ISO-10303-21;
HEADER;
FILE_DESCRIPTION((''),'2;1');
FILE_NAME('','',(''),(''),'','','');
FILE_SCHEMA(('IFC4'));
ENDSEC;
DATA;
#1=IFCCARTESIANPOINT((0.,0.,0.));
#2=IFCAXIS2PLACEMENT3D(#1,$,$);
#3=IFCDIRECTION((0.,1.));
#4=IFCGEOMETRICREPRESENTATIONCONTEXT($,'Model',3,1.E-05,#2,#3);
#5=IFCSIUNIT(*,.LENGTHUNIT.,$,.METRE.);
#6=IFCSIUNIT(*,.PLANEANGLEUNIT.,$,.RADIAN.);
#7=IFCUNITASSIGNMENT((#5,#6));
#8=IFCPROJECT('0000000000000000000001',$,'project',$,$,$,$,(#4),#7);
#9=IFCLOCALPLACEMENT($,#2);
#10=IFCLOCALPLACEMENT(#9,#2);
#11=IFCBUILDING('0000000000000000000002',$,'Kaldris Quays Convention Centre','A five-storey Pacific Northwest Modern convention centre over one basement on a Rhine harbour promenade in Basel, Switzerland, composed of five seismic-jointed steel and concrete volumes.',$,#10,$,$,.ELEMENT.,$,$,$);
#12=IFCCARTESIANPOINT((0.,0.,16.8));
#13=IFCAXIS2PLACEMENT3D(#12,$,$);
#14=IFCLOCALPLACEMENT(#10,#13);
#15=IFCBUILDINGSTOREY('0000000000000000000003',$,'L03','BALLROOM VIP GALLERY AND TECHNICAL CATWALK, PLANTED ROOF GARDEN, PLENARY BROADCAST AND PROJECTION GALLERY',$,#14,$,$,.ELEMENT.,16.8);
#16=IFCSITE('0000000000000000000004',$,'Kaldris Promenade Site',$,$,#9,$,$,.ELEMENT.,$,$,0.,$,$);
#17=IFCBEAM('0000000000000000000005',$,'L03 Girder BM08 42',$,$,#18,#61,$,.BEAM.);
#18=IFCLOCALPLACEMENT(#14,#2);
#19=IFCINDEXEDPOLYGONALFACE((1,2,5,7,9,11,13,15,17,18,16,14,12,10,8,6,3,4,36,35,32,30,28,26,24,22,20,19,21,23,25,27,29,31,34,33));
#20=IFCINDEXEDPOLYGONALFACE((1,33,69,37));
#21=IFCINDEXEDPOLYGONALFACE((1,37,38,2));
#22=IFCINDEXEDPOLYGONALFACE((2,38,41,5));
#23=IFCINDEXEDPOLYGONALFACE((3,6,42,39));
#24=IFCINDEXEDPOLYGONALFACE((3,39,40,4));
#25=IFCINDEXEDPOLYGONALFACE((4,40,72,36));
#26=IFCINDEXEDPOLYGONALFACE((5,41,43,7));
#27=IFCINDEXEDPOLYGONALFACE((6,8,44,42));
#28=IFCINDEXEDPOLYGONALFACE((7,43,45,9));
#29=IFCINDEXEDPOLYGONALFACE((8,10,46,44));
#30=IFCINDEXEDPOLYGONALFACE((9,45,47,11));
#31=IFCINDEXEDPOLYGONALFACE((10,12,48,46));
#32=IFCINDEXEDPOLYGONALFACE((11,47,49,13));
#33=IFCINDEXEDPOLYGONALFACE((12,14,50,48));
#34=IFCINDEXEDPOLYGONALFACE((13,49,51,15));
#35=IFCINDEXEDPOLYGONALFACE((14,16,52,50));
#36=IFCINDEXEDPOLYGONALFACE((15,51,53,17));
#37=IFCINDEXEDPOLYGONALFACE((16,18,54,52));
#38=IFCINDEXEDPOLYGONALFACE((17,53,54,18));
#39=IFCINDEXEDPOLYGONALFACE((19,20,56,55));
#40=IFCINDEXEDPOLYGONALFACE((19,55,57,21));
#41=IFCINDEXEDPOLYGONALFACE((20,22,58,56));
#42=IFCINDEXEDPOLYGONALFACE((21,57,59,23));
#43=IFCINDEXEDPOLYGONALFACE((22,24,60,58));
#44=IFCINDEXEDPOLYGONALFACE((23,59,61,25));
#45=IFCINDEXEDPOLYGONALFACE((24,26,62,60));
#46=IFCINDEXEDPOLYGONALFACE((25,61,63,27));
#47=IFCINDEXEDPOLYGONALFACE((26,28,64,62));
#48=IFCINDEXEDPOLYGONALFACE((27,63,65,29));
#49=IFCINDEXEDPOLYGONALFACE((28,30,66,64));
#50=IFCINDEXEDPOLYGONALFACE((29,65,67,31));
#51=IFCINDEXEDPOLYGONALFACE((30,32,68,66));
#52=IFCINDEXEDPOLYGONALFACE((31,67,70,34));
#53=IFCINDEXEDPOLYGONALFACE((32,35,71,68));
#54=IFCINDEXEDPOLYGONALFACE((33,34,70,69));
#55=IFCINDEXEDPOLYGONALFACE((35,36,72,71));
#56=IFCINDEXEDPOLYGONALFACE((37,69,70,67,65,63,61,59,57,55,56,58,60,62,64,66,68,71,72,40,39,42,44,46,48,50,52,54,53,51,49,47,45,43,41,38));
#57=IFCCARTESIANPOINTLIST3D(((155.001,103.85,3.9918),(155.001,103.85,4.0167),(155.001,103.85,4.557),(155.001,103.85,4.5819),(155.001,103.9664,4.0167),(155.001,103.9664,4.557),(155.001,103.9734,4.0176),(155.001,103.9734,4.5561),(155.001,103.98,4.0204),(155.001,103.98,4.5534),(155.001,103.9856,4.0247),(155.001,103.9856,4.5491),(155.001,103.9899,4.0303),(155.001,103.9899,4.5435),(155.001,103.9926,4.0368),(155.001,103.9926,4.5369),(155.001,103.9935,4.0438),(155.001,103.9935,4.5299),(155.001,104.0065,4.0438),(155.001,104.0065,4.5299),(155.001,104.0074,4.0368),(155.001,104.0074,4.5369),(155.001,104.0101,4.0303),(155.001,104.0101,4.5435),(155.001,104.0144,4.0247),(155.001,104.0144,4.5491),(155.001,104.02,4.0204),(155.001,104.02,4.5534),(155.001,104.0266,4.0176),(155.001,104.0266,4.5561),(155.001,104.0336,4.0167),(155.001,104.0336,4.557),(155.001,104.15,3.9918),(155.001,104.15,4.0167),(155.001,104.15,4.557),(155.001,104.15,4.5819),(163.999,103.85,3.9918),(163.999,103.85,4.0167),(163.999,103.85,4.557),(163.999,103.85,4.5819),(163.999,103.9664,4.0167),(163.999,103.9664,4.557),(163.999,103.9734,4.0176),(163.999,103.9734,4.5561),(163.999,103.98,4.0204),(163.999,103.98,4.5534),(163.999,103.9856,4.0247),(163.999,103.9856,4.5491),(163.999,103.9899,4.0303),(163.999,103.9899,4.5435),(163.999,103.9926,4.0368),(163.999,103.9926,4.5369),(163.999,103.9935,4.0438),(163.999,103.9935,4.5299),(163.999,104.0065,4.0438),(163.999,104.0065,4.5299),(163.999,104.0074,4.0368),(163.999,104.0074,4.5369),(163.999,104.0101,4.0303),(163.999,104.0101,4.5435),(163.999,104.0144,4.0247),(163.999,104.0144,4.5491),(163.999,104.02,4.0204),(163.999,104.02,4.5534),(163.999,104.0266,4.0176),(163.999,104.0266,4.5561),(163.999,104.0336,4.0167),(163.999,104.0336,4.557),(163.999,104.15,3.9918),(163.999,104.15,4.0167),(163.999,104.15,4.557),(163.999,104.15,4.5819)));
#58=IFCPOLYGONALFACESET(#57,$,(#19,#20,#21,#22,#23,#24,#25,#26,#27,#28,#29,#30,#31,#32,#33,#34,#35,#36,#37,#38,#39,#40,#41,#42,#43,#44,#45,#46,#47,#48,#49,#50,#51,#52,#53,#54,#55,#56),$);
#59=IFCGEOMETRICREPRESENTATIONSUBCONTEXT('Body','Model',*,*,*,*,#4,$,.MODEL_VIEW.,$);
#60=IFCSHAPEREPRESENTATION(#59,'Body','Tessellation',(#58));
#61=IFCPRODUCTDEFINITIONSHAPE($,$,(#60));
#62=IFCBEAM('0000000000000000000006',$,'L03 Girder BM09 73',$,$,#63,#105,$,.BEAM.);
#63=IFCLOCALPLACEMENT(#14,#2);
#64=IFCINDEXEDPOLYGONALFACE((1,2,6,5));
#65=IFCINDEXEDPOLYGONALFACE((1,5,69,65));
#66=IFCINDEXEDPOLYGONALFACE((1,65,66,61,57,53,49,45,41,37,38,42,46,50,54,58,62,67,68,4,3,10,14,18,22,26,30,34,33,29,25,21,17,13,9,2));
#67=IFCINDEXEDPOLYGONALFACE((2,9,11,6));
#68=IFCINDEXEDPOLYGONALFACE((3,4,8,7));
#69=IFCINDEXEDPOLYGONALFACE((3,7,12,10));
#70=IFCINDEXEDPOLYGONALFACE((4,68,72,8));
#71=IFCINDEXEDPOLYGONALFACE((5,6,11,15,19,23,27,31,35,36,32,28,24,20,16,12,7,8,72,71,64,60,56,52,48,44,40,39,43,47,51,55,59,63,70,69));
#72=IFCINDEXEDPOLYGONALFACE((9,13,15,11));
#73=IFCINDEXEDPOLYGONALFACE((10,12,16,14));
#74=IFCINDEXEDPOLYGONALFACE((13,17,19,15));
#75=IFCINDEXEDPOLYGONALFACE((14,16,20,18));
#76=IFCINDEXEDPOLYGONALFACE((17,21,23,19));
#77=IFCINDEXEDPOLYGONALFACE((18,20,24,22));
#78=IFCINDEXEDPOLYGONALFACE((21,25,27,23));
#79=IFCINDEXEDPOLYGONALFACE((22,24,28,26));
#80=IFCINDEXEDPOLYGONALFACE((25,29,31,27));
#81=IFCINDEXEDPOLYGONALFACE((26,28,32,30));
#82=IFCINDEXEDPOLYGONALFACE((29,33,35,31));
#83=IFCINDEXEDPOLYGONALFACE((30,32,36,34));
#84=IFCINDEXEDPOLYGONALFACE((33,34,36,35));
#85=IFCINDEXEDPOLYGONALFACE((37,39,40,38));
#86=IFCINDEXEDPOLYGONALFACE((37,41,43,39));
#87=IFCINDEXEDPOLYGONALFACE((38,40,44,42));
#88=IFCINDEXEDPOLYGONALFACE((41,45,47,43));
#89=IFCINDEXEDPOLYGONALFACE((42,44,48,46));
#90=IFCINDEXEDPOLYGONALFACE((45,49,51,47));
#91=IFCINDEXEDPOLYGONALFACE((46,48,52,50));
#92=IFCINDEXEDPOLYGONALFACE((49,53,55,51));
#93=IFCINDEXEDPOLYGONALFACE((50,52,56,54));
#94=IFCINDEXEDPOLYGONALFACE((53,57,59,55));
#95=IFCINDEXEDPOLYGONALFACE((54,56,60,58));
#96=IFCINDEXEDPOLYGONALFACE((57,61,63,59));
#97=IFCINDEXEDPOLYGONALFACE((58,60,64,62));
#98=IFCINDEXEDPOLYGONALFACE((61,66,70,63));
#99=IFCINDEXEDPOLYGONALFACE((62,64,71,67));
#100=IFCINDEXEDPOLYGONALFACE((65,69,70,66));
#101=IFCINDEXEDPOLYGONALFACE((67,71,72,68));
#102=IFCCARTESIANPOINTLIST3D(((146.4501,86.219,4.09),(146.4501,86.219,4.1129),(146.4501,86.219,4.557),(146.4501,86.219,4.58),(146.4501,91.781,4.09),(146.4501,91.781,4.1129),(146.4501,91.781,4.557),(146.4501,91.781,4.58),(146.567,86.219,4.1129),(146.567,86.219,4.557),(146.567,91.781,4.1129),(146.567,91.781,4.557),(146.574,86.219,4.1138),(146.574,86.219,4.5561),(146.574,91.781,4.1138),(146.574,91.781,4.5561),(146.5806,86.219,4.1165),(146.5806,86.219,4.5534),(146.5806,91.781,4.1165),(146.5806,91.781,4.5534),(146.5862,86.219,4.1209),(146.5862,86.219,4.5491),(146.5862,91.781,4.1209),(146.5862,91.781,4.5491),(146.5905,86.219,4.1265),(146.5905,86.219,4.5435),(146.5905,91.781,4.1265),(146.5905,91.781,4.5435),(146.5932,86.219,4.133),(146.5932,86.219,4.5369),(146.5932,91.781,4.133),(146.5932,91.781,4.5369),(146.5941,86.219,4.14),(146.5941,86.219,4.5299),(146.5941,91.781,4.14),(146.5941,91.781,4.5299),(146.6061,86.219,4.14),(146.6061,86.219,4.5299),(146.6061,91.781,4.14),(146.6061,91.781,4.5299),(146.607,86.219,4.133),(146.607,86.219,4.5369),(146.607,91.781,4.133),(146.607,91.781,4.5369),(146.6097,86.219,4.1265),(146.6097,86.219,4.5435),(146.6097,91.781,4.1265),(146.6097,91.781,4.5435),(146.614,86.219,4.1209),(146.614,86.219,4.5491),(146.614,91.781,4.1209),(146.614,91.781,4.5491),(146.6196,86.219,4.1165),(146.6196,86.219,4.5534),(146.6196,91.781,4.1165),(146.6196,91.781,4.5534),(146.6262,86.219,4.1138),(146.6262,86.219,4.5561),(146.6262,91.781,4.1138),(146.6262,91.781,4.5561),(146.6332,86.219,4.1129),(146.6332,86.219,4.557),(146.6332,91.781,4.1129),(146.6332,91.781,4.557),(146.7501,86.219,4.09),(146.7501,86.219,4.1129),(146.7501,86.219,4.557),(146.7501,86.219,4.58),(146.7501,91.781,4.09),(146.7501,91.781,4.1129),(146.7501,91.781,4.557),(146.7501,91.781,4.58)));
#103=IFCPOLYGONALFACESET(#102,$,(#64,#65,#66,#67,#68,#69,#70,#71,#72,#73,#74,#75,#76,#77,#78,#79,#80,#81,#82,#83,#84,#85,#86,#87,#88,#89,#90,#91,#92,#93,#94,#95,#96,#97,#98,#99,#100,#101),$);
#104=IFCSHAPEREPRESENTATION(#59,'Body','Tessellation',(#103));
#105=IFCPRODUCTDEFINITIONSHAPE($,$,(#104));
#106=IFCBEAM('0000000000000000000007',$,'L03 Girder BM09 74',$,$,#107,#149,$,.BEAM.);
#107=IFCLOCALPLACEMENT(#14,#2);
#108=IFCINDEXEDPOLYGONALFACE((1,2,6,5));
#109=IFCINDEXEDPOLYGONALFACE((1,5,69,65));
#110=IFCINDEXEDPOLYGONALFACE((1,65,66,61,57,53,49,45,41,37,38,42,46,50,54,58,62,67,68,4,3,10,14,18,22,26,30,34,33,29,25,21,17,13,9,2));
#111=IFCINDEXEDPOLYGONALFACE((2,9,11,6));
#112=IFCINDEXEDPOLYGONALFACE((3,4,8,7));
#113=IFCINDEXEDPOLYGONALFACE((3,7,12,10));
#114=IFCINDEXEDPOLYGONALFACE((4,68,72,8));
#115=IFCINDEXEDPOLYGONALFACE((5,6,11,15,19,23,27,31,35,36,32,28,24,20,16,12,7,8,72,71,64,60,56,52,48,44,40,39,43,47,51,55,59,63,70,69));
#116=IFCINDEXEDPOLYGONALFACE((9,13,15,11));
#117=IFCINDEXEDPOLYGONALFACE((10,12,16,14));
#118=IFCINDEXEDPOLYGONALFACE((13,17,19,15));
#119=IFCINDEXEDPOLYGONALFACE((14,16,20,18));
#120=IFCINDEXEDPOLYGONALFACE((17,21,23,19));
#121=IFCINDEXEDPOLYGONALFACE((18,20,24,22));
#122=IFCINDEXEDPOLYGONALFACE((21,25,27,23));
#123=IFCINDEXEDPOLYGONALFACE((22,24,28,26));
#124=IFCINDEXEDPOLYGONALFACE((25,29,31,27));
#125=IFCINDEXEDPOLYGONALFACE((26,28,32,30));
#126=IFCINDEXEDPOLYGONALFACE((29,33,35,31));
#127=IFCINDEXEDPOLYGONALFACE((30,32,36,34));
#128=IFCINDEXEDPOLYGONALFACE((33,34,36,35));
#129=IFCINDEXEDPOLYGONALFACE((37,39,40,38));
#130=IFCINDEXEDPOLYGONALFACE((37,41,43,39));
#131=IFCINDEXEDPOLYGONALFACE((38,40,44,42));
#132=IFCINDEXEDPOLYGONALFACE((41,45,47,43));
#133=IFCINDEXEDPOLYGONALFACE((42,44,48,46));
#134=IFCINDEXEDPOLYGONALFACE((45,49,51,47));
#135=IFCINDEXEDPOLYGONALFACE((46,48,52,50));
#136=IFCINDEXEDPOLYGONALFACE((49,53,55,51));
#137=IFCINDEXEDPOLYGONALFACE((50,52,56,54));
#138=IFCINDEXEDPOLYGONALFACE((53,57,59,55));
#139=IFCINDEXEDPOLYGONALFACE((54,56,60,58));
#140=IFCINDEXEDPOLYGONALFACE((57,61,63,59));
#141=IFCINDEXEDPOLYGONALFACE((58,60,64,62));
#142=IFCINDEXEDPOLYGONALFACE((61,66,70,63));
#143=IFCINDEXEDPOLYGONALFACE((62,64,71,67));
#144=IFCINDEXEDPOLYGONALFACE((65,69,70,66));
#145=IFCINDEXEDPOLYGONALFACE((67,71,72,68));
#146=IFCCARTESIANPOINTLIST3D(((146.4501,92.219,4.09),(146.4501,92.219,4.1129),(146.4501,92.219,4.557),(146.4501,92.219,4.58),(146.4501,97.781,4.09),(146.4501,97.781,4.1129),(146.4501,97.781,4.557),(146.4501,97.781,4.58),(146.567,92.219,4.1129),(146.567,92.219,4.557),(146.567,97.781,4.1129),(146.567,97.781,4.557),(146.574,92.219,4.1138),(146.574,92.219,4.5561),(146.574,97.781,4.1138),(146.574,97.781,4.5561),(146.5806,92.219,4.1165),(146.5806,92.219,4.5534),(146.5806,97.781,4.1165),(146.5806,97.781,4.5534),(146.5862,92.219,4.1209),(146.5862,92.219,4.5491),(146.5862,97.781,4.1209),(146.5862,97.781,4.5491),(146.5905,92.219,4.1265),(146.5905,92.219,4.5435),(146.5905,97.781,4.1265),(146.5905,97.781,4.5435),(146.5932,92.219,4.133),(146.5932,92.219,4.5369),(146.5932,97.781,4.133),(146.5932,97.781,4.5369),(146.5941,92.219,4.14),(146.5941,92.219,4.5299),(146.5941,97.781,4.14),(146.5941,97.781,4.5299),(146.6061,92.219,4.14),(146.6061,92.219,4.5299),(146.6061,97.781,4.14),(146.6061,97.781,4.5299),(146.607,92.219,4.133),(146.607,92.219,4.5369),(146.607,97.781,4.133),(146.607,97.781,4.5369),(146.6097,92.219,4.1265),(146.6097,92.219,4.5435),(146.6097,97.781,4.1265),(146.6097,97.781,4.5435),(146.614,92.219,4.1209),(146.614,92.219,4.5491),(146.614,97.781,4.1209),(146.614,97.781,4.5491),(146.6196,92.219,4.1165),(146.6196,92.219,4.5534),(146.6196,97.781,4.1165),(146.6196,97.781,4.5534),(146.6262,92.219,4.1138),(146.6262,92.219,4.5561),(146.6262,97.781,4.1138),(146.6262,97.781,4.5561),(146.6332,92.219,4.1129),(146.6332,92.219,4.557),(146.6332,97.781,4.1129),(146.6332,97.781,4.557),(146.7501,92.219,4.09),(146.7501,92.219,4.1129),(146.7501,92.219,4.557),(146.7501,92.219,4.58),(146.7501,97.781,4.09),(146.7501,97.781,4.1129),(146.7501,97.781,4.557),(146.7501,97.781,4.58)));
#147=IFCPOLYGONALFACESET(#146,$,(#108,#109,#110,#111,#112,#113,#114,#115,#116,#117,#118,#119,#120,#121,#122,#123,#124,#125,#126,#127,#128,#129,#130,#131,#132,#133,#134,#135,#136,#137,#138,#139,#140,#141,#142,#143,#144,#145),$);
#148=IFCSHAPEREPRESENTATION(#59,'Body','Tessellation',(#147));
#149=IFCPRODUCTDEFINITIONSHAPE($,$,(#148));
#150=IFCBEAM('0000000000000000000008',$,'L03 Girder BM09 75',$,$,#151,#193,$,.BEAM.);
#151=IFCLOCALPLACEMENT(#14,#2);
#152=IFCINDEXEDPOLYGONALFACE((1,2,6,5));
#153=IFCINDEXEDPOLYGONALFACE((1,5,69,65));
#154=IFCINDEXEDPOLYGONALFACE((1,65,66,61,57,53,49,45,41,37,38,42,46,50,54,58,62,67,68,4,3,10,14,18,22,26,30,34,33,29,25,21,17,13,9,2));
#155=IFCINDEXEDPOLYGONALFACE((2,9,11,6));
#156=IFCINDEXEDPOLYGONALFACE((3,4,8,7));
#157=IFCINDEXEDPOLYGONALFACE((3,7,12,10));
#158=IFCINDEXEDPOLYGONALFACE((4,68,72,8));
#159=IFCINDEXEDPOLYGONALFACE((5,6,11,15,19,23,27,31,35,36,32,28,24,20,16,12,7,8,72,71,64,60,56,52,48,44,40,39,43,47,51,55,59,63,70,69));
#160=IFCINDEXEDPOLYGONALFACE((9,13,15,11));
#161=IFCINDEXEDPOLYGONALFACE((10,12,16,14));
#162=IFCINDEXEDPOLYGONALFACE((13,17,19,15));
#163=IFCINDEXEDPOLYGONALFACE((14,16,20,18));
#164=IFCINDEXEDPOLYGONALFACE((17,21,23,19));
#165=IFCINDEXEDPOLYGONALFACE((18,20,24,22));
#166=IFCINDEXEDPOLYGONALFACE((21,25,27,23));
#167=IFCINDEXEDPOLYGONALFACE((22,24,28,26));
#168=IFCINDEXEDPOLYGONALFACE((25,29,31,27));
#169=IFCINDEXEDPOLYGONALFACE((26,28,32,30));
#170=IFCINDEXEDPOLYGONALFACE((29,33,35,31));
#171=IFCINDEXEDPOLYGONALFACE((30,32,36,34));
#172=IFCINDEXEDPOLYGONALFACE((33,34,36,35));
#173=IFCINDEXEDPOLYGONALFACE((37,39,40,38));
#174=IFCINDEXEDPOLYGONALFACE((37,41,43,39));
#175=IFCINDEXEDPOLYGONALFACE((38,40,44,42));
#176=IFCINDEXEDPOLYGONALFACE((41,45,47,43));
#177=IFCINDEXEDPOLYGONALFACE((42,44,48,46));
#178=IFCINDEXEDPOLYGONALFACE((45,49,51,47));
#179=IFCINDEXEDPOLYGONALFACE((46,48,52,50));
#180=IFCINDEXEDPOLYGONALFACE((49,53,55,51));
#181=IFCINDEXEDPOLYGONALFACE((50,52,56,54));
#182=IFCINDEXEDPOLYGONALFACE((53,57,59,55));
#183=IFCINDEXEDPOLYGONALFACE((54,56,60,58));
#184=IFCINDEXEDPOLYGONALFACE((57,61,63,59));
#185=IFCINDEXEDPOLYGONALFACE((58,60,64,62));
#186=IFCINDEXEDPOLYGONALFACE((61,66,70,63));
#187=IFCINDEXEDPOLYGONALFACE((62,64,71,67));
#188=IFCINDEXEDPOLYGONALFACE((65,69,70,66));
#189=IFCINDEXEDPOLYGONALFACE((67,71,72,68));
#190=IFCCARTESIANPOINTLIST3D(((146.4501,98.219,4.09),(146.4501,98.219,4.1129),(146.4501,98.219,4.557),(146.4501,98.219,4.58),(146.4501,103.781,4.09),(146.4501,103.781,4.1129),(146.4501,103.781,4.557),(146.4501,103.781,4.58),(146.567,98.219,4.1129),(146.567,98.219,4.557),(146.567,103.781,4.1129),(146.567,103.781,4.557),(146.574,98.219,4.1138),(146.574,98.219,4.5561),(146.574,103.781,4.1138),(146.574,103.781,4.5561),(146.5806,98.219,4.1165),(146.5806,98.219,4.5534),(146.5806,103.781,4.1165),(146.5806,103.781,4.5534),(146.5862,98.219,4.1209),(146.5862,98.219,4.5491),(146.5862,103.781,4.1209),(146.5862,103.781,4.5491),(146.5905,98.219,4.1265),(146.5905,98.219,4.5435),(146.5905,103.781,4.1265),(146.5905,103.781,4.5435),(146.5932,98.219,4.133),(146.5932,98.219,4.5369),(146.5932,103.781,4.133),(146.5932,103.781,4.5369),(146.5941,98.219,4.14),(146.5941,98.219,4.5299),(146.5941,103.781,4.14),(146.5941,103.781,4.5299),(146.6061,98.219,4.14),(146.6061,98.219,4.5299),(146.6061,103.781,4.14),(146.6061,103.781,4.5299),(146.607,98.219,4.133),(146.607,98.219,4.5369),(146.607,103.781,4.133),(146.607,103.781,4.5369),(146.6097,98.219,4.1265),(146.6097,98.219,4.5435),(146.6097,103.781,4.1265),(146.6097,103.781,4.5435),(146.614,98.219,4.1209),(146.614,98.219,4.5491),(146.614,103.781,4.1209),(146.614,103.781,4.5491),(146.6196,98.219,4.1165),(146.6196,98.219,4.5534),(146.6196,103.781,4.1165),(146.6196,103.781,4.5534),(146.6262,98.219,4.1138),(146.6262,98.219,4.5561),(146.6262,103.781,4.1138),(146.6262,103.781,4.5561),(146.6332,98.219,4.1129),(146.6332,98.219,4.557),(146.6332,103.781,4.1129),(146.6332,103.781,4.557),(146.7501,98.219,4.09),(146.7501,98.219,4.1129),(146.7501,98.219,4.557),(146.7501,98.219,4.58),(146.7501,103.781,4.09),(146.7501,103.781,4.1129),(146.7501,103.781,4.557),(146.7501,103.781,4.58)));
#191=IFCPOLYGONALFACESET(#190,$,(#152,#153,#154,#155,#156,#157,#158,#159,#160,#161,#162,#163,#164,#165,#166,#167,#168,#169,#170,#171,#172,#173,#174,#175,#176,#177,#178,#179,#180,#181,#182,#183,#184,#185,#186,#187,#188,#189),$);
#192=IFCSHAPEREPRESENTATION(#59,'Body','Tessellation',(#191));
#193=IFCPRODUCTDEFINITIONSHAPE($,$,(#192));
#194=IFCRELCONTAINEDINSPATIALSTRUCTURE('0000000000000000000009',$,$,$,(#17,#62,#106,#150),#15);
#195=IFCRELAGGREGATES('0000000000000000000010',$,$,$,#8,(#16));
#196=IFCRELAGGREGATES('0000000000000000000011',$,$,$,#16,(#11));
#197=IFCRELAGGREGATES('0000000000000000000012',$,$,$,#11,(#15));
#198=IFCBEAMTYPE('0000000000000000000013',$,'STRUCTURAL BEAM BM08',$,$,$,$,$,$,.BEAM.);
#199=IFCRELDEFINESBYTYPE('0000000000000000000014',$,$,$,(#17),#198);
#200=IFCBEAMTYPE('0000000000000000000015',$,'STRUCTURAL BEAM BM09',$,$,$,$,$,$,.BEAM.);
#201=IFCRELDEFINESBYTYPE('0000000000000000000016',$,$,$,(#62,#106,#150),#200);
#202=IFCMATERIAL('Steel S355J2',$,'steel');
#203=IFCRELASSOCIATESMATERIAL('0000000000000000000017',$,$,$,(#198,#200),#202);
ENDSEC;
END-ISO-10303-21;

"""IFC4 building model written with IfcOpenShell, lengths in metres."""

from ifc_helpers import new_model, si_unit, direction, frame, origin, origin_2d, place, context, subcontext, project, spatial, i_section, extrude, material, material_profile, profile_set, type_object, element, save


model = new_model("IFC4")

# Units and contexts
model_context = context("Model", 3, precision=1e-05, world=origin(), true_north=direction((0.0, 1.0)))
body_context = subcontext(model_context, "Body", "Model", "MODEL_VIEW")
ifc_project = project(units=[si_unit("LENGTHUNIT", "METRE"), si_unit("PLANEANGLEUNIT", "RADIAN")], contexts=[model_context])

# Site, building, storey
site_placement = place(None, origin())
site = spatial("IfcSite", under=ifc_project, at=site_placement, Name="Kaldris Promenade Site", CompositionType="ELEMENT", RefElevation=0.0)
building_placement = place(site_placement, origin())
building = spatial("IfcBuilding", under=site, at=building_placement, Name="Kaldris Quays Convention Centre", Description="A five-storey Pacific Northwest Modern convention centre over one basement on a Rhine harbour promenade in Basel, Switzerland, composed of five seismic-jointed steel and concrete volumes.", CompositionType="ELEMENT")
storey_placement = place(building_placement, frame((0.0, 0.0, 16.8)))
storey = spatial("IfcBuildingStorey", under=building, at=storey_placement, Name="L03", Description="BALLROOM VIP GALLERY AND TECHNICAL CATWALK, PLANTED ROOF GARDEN, PLENARY BROADCAST AND PROJECTION GALLERY", CompositionType="ELEMENT", Elevation=16.8)

# Shared definitions
ifc_material_1 = material(Name="Steel S355J2", Category="steel")

# Beams
ifc_material_profile_1 = material_profile(ifc_material_1, i_section(OverallWidth=0.3, OverallDepth=0.5901, WebThickness=0.0129, FlangeThickness=0.0249, FilletRadius=0.0271, at=origin_2d()), Name="HEA 600")
ifc_profile_set_1 = profile_set([ifc_material_profile_1], Name="Steel S355J2")
beam_type_1 = type_object("IfcBeamType", Name="STRUCTURAL BEAM BM08", PredefinedType="BEAM", material=ifc_profile_set_1)
beam_1_placement = place(storey_placement, frame((155.001, 104.0, 4.2869), z_axis=(1.0, 0.0, 0.0), x_axis=(0.0, 1.0, 0.0)))
element("IfcBeam", 1, at=beam_1_placement, inside=storey, type_object=beam_type_1, Name="L03 Girder BM08 42", PredefinedType="BEAM", context=body_context, shape_type="SweptSolid", body=[
    extrude(i_section(OverallWidth=0.3, OverallDepth=0.5901, WebThickness=0.0129, FlangeThickness=0.0249, FilletRadius=0.0271, at=origin_2d()), origin(), (0.0, 0.0, 1.0), 8.998),
])
ifc_material_profile_2 = material_profile(ifc_material_1, i_section(OverallWidth=0.3, OverallDepth=0.49, WebThickness=0.012, FlangeThickness=0.0229, FilletRadius=0.0271, at=origin_2d()), Name="HEA 500")
ifc_profile_set_2 = profile_set([ifc_material_profile_2], Name="Steel S355J2")
beam_type_2 = type_object("IfcBeamType", Name="STRUCTURAL BEAM BM09", PredefinedType="BEAM", material=ifc_profile_set_2)
for number, where, z_axis, x_axis, name in (
    (2, (146.6001, 86.219, 4.335), (0.0, 1.0, 0.0), (-1.0, 0.0, 0.0), "L03 Girder BM09 73"),
    (3, (146.6001, 92.219, 4.335), (0.0, 1.0, 0.0), (-1.0, 0.0, 0.0), "L03 Girder BM09 74"),
    (4, (146.6001, 98.219, 4.335), (0.0, 1.0, 0.0), (-1.0, 0.0, 0.0), "L03 Girder BM09 75"),
):
    element("IfcBeam", number, at=place(storey_placement, frame(where, z_axis=z_axis, x_axis=x_axis)), inside=storey, type_object=beam_type_2, Name=name, PredefinedType="BEAM", context=body_context, shape_type="SweptSolid", body=[
        extrude(i_section(OverallWidth=0.3, OverallDepth=0.49, WebThickness=0.012, FlangeThickness=0.0229, FilletRadius=0.0271, at=origin_2d()), origin(), (0.0, 0.0, 1.0), 5.562),
    ])

save(model, "model.ifc")
